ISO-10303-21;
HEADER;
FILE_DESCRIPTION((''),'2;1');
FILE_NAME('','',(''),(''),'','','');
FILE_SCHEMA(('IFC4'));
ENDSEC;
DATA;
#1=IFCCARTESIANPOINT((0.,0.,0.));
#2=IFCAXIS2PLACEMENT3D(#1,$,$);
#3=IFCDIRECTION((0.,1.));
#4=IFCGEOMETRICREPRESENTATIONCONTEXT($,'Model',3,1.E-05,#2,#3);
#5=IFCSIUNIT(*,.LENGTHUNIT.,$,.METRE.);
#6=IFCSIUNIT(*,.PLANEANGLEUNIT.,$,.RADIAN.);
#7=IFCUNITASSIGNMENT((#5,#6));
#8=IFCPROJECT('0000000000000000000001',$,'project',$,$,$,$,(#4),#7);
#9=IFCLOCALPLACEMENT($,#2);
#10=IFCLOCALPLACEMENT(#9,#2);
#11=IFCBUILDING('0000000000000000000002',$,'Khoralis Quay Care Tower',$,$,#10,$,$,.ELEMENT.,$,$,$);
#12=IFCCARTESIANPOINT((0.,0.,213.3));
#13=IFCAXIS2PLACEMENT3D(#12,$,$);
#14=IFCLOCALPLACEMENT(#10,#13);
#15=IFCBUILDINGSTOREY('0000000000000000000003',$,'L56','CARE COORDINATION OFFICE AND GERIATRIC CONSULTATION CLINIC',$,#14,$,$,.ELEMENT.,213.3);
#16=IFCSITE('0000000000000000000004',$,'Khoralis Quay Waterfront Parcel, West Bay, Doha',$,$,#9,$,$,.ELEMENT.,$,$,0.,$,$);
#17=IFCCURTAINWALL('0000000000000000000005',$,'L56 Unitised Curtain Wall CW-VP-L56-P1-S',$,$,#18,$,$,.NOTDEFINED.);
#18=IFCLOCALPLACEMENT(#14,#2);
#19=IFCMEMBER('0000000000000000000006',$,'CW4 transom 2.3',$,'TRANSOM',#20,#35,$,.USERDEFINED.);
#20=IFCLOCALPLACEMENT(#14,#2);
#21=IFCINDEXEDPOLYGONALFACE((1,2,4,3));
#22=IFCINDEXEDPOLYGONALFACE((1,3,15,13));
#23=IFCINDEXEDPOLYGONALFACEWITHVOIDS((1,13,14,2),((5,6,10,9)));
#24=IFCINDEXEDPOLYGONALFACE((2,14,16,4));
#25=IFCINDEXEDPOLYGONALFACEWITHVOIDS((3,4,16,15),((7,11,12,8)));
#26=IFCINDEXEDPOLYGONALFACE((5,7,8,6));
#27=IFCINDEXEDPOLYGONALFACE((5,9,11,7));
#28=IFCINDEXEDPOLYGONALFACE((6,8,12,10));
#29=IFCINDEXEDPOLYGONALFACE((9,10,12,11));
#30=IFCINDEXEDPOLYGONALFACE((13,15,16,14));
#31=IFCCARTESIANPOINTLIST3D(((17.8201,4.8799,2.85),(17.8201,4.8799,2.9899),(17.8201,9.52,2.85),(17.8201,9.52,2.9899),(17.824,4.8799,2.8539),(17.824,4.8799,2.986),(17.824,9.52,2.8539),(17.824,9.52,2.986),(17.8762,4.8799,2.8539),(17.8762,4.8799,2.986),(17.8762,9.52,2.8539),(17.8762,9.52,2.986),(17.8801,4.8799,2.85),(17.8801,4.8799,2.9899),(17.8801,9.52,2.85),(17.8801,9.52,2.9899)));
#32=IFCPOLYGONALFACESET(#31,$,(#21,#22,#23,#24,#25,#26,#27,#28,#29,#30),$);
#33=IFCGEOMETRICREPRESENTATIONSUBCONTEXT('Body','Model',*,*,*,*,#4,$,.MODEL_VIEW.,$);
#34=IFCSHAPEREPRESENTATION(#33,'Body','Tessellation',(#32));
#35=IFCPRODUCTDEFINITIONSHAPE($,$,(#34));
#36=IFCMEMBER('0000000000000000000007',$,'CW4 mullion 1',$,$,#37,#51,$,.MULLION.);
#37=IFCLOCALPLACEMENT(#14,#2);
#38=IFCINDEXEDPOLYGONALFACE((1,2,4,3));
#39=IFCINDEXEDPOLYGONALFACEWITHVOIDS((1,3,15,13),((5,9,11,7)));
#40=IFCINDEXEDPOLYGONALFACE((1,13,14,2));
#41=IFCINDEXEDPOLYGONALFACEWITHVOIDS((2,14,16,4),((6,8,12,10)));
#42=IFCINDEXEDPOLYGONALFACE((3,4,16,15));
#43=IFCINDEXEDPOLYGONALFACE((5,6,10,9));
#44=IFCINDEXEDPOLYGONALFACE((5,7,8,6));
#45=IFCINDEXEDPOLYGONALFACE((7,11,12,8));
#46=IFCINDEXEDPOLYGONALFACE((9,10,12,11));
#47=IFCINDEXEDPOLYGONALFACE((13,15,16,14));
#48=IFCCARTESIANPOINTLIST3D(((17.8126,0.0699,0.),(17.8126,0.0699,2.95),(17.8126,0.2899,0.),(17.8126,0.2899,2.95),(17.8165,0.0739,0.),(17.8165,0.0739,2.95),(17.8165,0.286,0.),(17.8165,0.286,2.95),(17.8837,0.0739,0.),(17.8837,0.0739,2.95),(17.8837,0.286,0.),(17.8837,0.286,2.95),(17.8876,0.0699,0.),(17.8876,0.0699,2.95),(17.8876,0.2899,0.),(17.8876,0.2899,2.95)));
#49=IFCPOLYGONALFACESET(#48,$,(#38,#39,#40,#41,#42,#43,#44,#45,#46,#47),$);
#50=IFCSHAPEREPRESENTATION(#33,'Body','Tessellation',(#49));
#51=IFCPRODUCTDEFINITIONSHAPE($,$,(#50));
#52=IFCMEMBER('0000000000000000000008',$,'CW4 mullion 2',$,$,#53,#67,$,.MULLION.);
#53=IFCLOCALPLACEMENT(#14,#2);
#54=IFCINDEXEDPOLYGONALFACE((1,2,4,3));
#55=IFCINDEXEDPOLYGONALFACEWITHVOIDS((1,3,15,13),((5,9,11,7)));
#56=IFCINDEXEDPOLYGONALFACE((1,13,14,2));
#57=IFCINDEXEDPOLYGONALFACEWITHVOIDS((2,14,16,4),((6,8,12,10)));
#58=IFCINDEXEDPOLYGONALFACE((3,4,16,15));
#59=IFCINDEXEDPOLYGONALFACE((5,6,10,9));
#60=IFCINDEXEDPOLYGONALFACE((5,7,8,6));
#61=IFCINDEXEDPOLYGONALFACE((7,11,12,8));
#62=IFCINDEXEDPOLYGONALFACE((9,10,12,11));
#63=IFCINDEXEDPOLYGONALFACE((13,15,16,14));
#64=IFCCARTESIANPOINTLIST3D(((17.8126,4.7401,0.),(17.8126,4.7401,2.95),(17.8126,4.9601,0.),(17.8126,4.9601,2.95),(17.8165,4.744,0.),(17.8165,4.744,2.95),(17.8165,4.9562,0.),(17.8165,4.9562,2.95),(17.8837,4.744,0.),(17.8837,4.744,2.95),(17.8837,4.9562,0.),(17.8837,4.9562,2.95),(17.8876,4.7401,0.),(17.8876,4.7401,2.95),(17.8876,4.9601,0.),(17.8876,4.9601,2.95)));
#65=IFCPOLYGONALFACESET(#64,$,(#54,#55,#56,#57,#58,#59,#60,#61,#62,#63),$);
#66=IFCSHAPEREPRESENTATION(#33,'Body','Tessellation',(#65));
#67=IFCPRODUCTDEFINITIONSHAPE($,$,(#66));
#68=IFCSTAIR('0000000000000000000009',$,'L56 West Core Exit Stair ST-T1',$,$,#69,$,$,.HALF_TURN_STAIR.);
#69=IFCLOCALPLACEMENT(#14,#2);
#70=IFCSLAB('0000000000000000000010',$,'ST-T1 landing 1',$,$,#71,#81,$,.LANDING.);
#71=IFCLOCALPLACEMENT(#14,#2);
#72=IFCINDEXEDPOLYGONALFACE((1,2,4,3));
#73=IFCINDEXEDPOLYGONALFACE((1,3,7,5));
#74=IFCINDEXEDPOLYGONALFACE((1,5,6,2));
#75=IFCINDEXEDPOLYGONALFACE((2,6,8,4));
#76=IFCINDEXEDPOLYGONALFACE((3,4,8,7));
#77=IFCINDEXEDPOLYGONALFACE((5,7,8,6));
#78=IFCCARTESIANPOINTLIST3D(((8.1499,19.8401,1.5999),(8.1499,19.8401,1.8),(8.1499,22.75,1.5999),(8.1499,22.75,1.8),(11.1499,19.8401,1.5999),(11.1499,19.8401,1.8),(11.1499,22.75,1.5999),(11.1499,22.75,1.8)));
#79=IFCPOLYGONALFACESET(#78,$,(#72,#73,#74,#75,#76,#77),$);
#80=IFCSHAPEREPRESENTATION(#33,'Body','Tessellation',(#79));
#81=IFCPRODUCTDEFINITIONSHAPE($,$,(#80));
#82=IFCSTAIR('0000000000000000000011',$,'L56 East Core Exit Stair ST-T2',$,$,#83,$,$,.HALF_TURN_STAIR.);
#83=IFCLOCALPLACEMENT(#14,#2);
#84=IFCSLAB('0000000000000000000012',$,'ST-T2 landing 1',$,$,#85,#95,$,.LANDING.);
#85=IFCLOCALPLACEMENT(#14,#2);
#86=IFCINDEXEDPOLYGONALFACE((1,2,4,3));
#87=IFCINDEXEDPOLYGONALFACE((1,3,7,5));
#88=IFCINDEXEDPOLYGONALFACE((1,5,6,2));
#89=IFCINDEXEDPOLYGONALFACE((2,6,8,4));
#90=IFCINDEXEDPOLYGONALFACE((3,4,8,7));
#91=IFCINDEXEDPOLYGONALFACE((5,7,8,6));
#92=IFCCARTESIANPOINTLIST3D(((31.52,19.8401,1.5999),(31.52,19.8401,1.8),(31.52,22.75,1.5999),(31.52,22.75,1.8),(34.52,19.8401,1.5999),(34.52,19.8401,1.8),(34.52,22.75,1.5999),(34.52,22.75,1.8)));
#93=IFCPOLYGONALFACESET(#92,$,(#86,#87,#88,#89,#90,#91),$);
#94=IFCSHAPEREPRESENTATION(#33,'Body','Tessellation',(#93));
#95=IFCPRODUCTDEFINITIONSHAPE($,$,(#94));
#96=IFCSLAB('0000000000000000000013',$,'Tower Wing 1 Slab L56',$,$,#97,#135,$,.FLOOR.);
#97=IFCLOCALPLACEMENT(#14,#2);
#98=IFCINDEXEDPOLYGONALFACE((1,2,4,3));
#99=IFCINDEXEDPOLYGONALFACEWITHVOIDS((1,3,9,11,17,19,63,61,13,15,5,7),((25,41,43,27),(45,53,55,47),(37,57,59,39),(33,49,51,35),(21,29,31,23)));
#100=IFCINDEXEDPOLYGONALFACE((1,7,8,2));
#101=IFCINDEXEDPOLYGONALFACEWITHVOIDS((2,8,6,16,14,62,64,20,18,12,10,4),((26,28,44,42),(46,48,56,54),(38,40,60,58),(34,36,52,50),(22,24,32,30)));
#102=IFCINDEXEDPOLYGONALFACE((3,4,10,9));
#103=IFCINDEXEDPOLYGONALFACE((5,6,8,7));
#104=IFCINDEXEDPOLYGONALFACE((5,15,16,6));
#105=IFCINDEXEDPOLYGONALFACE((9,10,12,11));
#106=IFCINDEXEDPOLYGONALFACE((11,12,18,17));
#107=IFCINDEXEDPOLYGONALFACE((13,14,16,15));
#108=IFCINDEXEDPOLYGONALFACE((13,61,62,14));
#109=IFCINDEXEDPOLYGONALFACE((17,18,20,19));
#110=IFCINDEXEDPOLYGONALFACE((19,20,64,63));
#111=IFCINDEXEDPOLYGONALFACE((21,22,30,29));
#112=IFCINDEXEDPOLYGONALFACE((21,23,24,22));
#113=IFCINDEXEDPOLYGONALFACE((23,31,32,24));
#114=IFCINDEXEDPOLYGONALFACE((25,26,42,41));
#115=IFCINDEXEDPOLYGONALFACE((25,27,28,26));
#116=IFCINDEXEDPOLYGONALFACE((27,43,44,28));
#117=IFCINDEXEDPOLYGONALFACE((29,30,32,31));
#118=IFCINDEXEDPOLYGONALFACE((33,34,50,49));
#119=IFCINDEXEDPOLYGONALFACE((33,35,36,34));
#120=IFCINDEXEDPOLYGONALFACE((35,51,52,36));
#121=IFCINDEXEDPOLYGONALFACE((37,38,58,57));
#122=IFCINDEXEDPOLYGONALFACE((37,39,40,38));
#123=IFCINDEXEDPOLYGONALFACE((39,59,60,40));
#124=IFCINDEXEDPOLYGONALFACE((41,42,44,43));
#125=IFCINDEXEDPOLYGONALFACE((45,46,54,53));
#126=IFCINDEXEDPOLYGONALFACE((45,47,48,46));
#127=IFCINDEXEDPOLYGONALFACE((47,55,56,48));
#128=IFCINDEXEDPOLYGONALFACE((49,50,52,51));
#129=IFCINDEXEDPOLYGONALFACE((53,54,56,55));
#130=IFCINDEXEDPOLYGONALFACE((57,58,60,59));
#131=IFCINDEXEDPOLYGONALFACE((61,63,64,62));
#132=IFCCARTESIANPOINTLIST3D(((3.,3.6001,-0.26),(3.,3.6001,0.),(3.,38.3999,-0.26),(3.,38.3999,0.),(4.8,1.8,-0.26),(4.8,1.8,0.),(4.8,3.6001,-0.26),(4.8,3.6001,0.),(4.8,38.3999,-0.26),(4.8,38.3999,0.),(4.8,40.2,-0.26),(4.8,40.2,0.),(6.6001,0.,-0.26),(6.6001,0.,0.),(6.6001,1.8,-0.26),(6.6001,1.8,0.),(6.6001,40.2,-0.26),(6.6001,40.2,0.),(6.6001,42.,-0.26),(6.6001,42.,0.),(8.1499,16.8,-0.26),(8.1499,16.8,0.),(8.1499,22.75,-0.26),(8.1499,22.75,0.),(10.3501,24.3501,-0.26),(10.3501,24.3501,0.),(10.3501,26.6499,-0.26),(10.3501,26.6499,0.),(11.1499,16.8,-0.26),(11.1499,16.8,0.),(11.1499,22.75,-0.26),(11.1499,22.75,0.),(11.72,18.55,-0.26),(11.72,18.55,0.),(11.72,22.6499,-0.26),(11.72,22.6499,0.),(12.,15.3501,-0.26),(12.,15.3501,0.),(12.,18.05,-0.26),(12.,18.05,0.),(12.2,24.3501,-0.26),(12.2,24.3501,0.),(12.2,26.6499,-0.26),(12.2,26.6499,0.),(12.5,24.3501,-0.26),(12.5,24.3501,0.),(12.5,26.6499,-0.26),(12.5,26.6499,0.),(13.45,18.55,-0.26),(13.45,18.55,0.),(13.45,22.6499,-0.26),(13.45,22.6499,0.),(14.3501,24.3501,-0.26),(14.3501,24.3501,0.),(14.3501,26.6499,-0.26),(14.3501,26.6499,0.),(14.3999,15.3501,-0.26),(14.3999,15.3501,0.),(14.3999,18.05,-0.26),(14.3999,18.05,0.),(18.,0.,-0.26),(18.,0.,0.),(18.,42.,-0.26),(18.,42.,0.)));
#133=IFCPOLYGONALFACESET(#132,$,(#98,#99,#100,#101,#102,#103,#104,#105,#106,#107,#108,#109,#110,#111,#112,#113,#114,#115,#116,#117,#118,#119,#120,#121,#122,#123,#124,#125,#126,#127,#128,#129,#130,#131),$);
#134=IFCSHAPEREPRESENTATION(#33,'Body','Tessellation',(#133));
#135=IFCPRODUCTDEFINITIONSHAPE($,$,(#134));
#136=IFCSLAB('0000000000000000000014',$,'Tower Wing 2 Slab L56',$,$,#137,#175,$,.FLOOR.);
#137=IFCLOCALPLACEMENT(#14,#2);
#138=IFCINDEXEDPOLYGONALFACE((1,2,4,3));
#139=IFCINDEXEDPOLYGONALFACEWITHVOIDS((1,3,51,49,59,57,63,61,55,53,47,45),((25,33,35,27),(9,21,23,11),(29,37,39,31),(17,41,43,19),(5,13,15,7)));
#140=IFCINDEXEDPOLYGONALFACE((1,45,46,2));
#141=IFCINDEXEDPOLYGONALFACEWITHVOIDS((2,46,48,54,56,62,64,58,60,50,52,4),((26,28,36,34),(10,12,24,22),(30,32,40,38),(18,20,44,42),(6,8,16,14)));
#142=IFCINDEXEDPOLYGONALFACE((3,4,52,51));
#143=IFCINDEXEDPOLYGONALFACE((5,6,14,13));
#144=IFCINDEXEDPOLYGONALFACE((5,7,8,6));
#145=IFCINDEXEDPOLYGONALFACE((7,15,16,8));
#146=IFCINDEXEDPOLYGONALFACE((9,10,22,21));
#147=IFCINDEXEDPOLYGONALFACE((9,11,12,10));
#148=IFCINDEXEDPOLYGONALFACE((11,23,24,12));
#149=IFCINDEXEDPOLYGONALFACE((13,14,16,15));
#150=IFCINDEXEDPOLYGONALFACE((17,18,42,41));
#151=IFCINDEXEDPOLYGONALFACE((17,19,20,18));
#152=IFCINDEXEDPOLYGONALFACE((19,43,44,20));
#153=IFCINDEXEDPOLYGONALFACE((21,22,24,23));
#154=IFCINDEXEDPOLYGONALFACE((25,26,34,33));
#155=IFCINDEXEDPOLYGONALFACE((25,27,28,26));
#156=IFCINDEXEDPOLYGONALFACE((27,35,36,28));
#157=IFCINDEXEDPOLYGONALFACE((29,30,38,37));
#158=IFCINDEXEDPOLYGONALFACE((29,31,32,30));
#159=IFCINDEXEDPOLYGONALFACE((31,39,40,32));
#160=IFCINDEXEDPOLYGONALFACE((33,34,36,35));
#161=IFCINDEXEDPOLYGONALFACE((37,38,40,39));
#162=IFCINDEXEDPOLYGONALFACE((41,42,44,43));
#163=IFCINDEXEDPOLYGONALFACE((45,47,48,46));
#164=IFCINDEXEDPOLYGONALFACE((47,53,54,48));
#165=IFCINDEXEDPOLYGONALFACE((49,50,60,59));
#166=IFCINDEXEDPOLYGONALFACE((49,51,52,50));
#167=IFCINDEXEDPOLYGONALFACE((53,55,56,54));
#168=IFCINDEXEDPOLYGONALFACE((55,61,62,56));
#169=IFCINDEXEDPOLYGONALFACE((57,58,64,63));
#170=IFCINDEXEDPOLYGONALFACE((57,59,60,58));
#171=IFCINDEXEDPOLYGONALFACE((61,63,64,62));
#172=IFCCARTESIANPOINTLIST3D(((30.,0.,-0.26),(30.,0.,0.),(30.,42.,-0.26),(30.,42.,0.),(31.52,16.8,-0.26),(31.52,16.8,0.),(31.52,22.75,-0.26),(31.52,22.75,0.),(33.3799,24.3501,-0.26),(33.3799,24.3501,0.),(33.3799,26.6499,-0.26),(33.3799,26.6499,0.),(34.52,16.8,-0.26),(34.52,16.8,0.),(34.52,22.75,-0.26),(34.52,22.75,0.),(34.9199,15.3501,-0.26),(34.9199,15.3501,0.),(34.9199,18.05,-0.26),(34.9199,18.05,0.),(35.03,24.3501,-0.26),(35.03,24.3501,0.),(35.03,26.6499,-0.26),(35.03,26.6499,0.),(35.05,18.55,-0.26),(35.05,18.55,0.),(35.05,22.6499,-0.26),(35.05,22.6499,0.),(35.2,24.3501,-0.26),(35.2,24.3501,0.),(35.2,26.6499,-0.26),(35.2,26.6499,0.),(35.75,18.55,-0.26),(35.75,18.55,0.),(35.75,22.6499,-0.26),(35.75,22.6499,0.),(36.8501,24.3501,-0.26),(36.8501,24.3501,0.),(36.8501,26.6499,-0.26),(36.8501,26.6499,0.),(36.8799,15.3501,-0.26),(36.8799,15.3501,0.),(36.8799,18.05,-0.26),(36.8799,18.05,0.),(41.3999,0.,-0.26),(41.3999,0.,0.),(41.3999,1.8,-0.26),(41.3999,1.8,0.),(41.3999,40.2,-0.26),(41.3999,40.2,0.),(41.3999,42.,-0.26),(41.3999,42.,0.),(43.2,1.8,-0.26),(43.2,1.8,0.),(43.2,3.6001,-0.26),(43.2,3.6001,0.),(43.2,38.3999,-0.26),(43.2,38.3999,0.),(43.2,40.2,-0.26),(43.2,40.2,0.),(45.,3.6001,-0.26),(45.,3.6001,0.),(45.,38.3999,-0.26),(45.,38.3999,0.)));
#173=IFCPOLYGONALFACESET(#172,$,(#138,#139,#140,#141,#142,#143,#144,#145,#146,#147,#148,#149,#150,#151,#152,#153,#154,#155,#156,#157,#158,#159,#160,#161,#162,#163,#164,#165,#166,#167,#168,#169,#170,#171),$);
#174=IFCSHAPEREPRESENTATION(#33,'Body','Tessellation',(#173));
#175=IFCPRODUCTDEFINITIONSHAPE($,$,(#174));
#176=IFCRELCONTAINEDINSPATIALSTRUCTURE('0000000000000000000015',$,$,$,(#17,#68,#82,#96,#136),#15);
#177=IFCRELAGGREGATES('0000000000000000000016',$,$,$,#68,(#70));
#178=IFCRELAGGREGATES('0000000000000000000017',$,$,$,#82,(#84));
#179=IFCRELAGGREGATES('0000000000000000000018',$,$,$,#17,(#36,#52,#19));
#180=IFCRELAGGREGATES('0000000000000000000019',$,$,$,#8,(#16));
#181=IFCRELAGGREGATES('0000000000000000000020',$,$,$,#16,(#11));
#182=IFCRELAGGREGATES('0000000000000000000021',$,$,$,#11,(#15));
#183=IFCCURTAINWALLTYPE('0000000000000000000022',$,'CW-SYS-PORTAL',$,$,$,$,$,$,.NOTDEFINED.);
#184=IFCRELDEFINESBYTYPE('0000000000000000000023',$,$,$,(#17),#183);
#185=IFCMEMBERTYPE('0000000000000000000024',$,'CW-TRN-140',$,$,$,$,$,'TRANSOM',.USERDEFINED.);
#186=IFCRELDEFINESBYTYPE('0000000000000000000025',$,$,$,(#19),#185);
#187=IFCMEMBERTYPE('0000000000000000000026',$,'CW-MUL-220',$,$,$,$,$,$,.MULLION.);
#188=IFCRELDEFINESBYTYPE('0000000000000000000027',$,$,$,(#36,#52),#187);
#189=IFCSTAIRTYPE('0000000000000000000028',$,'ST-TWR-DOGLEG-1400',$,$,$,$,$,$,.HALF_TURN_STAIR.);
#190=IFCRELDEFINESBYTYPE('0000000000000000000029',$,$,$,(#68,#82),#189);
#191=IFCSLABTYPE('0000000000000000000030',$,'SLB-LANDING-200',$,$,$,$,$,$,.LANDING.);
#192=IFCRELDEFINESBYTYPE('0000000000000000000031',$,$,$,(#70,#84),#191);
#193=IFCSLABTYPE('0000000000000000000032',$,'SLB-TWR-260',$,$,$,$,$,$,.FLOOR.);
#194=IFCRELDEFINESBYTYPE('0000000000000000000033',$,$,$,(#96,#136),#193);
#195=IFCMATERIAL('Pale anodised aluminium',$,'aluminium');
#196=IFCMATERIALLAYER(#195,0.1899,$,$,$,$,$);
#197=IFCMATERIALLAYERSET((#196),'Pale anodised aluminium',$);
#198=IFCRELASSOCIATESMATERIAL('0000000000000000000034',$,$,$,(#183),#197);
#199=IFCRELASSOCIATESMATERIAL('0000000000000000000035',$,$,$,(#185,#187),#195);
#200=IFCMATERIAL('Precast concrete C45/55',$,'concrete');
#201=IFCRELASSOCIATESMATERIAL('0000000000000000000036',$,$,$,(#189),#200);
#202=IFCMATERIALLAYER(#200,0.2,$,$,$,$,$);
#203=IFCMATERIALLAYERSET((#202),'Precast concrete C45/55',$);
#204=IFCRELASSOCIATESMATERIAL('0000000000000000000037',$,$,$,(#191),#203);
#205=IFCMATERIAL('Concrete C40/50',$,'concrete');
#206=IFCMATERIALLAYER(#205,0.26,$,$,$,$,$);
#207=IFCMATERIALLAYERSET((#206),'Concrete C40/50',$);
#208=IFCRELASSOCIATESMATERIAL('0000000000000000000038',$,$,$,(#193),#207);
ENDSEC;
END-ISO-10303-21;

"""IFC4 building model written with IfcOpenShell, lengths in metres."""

from ifc_helpers import new_model, si_unit, direction, frame, origin, origin_2d, place, context, subcontext, project, spatial, polyline, hollow_rectangle, outline, extrude, source, transform, mapped, material, layer, layer_set, material_profile, profile_set, type_object, element, aggregate, save


model = new_model("IFC4")

# Units and contexts
model_context = context("Model", 3, precision=1e-05, world=origin(), true_north=direction((0.0, 1.0)))
body_context = subcontext(model_context, "Body", "Model", "MODEL_VIEW")
ifc_project = project(units=[si_unit("LENGTHUNIT", "METRE"), si_unit("PLANEANGLEUNIT", "RADIAN")], contexts=[model_context])

# Site, building, storey
site_placement = place(None, origin())
site = spatial("IfcSite", under=ifc_project, at=site_placement, Name="Khoralis Quay Waterfront Parcel, West Bay, Doha", CompositionType="ELEMENT", RefElevation=0.0)
building_placement = place(site_placement, origin())
building = spatial("IfcBuilding", under=site, at=building_placement, Name="Khoralis Quay Care Tower", CompositionType="ELEMENT")
storey_placement = place(building_placement, frame((0.0, 0.0, 213.3)))
storey = spatial("IfcBuildingStorey", under=building, at=storey_placement, Name="L56", Description="CARE COORDINATION OFFICE AND GERIATRIC CONSULTATION CLINIC", CompositionType="ELEMENT", Elevation=213.3)

# Curtain wall, members
ifc_material_1 = material(Name="Pale anodised aluminium", Category="aluminium")
ifc_layer_1 = layer(ifc_material_1, 0.1899)
ifc_layer_set_1 = layer_set([ifc_layer_1], Name="Pale anodised aluminium")
curtain_wall_type = type_object("IfcCurtainWallType", Name="CW-SYS-PORTAL", PredefinedType="NOTDEFINED", material=ifc_layer_set_1)
curtain_wall_placement = place(storey_placement, origin())
curtain_wall = element("IfcCurtainWall", 1, at=curtain_wall_placement, inside=storey, type_object=curtain_wall_type, Name="L56 Unitised Curtain Wall CW-VP-L56-P1-S", PredefinedType="NOTDEFINED")
ifc_material_profile_1 = material_profile(ifc_material_1, hollow_rectangle(XDim=0.0601, YDim=0.1399, WallThickness=0.0039, at=origin_2d()), Name="Pale anodised aluminium")
ifc_profile_set_1 = profile_set([ifc_material_profile_1], Name="Pale anodised aluminium")
member_type_1 = type_object("IfcMemberType", Name="CW-TRN-140", ElementType="TRANSOM", PredefinedType="USERDEFINED", material=ifc_profile_set_1)
shared_shape_1 = source(origin(), body_context, "Body", "SweptSolid", [
    extrude(hollow_rectangle(XDim=0.0601, YDim=0.1399, WallThickness=0.0039, at=origin_2d()), origin(), (0.0, 0.0, 1.0), 4.6401),
])
member_1_placement = place(storey_placement, frame((17.8501, 4.8799, 2.9199), z_axis=(0.0, 1.0, 0.0), x_axis=(-1.0, 0.0, 0.0)))
member_1 = element("IfcMember", 2, at=member_1_placement, type_object=member_type_1, Name="CW4 transom 2.3", ObjectType="TRANSOM", PredefinedType="USERDEFINED", context=body_context, shape_type="MappedRepresentation", body=[
    mapped(shared_shape_1, transform((0.0, 0.0, 0.0), scale=1.0)),
])
ifc_material_profile_2 = material_profile(ifc_material_1, hollow_rectangle(XDim=0.075, YDim=0.22, WallThickness=0.0039, at=origin_2d()), Name="Pale anodised aluminium")
ifc_profile_set_2 = profile_set([ifc_material_profile_2], Name="Pale anodised aluminium")
member_type_2 = type_object("IfcMemberType", Name="CW-MUL-220", PredefinedType="MULLION", material=ifc_profile_set_2)
shared_shape_2 = source(origin(), body_context, "Body", "SweptSolid", [
    extrude(hollow_rectangle(XDim=0.075, YDim=0.22, WallThickness=0.0039, at=origin_2d()), origin(), (0.0, 0.0, 1.0), 2.95),
])
member_2_placement = place(storey_placement, frame((17.8501, 0.1799, 0.0), z_axis=(0.0, 0.0, 1.0), x_axis=(-1.0, 0.0, 0.0)))
member_2 = element("IfcMember", 3, at=member_2_placement, type_object=member_type_2, Name="CW4 mullion 1", PredefinedType="MULLION", context=body_context, shape_type="MappedRepresentation", body=[
    mapped(shared_shape_2, transform((0.0, 0.0, 0.0), scale=1.0)),
])
member_3_placement = place(storey_placement, frame((17.8501, 4.8501, 0.0), z_axis=(0.0, 0.0, 1.0), x_axis=(-1.0, 0.0, 0.0)))
member_3 = element("IfcMember", 4, at=member_3_placement, type_object=member_type_2, Name="CW4 mullion 2", PredefinedType="MULLION", context=body_context, shape_type="MappedRepresentation", body=[
    mapped(shared_shape_2, transform((0.0, 0.0, 0.0), scale=1.0)),
])

# Stairs, slabs
ifc_material_2 = material(Name="Precast concrete C45/55", Category="concrete")
stair_type = type_object("IfcStairType", Name="ST-TWR-DOGLEG-1400", PredefinedType="HALF_TURN_STAIR", material=ifc_material_2)
stair_1_placement = place(storey_placement, origin())
stair_1 = element("IfcStair", 5, at=stair_1_placement, inside=storey, type_object=stair_type, Name="L56 West Core Exit Stair ST-T1", PredefinedType="HALF_TURN_STAIR")
ifc_layer_2 = layer(ifc_material_2, 0.2)
ifc_layer_set_2 = layer_set([ifc_layer_2], Name="Precast concrete C45/55")
slab_type_1 = type_object("IfcSlabType", Name="SLB-LANDING-200", PredefinedType="LANDING", material=ifc_layer_set_2)
slab_1_placement = place(storey_placement, frame((0.0, 0.0, 1.5999)))
slab_1 = element("IfcSlab", 6, at=slab_1_placement, type_object=slab_type_1, Name="ST-T1 landing 1", PredefinedType="LANDING", context=body_context, shape_type="SweptSolid", body=[
    extrude(outline(polyline([(11.1499, 19.8401), (11.1499, 22.75), (8.1499, 22.75), (8.1499, 19.8401), (11.1499, 19.8401)])), origin(), (0.0, 0.0, 1.0), 0.2002),
])
aggregate(stair_1, [slab_1])
stair_2_placement = place(storey_placement, origin())
stair_2 = element("IfcStair", 7, at=stair_2_placement, inside=storey, type_object=stair_type, Name="L56 East Core Exit Stair ST-T2", PredefinedType="HALF_TURN_STAIR")
slab_2_placement = place(storey_placement, frame((0.0, 0.0, 1.5999)))
slab_2 = element("IfcSlab", 8, at=slab_2_placement, type_object=slab_type_1, Name="ST-T2 landing 1", PredefinedType="LANDING", context=body_context, shape_type="SweptSolid", body=[
    extrude(outline(polyline([(34.52, 19.8401), (34.52, 22.75), (31.52, 22.75), (31.52, 19.8401), (34.52, 19.8401)])), origin(), (0.0, 0.0, 1.0), 0.2002),
])
aggregate(stair_2, [slab_2])

# Slabs
ifc_material_3 = material(Name="Concrete C40/50", Category="concrete")
ifc_layer_3 = layer(ifc_material_3, 0.26)
ifc_layer_set_3 = layer_set([ifc_layer_3], Name="Concrete C40/50")
slab_type_2 = type_object("IfcSlabType", Name="SLB-TWR-260", PredefinedType="FLOOR", material=ifc_layer_set_3)
slab_3_placement = place(storey_placement, frame((0.0, 0.0, -0.26)))
element("IfcSlab", 9, at=slab_3_placement, inside=storey, type_object=slab_type_2, Name="Tower Wing 1 Slab L56", PredefinedType="FLOOR", context=body_context, shape_type="SweptSolid", body=[
    extrude(outline(polyline([(6.6001, 0.0), (18.0, 0.0), (18.0, 42.0), (6.6001, 42.0), (6.6001, 40.2), (4.8, 40.2), (4.8, 38.3999), (3.0, 38.3999), (3.0, 3.6001), (4.8, 3.6001), (4.8, 1.8), (6.6001, 1.8), (6.6001, 0.0)]), holes=[polyline([(11.1499, 16.8), (11.1499, 22.75), (8.1499, 22.75), (8.1499, 16.8), (11.1499, 16.8)]), polyline([(12.0, 15.3501), (14.3999, 15.3501), (14.3999, 18.05), (12.0, 18.05), (12.0, 15.3501)]), polyline([(10.3501, 24.3501), (12.2, 24.3501), (12.2, 26.6499), (10.3501, 26.6499), (10.3501, 24.3501)]), polyline([(12.5, 24.3501), (14.3501, 24.3501), (14.3501, 26.6499), (12.5, 26.6499), (12.5, 24.3501)]), polyline([(11.72, 18.55), (13.45, 18.55), (13.45, 22.6499), (11.72, 22.6499), (11.72, 18.55)])]), origin(), (0.0, 0.0, 1.0), 0.26),
])
slab_4_placement = place(storey_placement, frame((0.0, 0.0, -0.26)))
element("IfcSlab", 10, at=slab_4_placement, inside=storey, type_object=slab_type_2, Name="Tower Wing 2 Slab L56", PredefinedType="FLOOR", context=body_context, shape_type="SweptSolid", body=[
    extrude(outline(polyline([(30.0, 0.0), (41.3999, 0.0), (41.3999, 1.8), (43.2, 1.8), (43.2, 3.6001), (45.0, 3.6001), (45.0, 38.3999), (43.2, 38.3999), (43.2, 40.2), (41.3999, 40.2), (41.3999, 42.0), (30.0, 42.0), (30.0, 0.0)]), holes=[polyline([(34.52, 16.8), (34.52, 22.75), (31.52, 22.75), (31.52, 16.8), (34.52, 16.8)]), polyline([(34.9199, 15.3501), (36.8799, 15.3501), (36.8799, 18.05), (34.9199, 18.05), (34.9199, 15.3501)]), polyline([(33.3799, 24.3501), (35.03, 24.3501), (35.03, 26.6499), (33.3799, 26.6499), (33.3799, 24.3501)]), polyline([(35.2, 24.3501), (36.8501, 24.3501), (36.8501, 26.6499), (35.2, 26.6499), (35.2, 24.3501)]), polyline([(35.05, 18.55), (35.75, 18.55), (35.75, 22.6499), (35.05, 22.6499), (35.05, 18.55)])]), origin(), (0.0, 0.0, 1.0), 0.26),
])

aggregate(curtain_wall, [member_2, member_3, member_1])

save(model, "model.ifc")
